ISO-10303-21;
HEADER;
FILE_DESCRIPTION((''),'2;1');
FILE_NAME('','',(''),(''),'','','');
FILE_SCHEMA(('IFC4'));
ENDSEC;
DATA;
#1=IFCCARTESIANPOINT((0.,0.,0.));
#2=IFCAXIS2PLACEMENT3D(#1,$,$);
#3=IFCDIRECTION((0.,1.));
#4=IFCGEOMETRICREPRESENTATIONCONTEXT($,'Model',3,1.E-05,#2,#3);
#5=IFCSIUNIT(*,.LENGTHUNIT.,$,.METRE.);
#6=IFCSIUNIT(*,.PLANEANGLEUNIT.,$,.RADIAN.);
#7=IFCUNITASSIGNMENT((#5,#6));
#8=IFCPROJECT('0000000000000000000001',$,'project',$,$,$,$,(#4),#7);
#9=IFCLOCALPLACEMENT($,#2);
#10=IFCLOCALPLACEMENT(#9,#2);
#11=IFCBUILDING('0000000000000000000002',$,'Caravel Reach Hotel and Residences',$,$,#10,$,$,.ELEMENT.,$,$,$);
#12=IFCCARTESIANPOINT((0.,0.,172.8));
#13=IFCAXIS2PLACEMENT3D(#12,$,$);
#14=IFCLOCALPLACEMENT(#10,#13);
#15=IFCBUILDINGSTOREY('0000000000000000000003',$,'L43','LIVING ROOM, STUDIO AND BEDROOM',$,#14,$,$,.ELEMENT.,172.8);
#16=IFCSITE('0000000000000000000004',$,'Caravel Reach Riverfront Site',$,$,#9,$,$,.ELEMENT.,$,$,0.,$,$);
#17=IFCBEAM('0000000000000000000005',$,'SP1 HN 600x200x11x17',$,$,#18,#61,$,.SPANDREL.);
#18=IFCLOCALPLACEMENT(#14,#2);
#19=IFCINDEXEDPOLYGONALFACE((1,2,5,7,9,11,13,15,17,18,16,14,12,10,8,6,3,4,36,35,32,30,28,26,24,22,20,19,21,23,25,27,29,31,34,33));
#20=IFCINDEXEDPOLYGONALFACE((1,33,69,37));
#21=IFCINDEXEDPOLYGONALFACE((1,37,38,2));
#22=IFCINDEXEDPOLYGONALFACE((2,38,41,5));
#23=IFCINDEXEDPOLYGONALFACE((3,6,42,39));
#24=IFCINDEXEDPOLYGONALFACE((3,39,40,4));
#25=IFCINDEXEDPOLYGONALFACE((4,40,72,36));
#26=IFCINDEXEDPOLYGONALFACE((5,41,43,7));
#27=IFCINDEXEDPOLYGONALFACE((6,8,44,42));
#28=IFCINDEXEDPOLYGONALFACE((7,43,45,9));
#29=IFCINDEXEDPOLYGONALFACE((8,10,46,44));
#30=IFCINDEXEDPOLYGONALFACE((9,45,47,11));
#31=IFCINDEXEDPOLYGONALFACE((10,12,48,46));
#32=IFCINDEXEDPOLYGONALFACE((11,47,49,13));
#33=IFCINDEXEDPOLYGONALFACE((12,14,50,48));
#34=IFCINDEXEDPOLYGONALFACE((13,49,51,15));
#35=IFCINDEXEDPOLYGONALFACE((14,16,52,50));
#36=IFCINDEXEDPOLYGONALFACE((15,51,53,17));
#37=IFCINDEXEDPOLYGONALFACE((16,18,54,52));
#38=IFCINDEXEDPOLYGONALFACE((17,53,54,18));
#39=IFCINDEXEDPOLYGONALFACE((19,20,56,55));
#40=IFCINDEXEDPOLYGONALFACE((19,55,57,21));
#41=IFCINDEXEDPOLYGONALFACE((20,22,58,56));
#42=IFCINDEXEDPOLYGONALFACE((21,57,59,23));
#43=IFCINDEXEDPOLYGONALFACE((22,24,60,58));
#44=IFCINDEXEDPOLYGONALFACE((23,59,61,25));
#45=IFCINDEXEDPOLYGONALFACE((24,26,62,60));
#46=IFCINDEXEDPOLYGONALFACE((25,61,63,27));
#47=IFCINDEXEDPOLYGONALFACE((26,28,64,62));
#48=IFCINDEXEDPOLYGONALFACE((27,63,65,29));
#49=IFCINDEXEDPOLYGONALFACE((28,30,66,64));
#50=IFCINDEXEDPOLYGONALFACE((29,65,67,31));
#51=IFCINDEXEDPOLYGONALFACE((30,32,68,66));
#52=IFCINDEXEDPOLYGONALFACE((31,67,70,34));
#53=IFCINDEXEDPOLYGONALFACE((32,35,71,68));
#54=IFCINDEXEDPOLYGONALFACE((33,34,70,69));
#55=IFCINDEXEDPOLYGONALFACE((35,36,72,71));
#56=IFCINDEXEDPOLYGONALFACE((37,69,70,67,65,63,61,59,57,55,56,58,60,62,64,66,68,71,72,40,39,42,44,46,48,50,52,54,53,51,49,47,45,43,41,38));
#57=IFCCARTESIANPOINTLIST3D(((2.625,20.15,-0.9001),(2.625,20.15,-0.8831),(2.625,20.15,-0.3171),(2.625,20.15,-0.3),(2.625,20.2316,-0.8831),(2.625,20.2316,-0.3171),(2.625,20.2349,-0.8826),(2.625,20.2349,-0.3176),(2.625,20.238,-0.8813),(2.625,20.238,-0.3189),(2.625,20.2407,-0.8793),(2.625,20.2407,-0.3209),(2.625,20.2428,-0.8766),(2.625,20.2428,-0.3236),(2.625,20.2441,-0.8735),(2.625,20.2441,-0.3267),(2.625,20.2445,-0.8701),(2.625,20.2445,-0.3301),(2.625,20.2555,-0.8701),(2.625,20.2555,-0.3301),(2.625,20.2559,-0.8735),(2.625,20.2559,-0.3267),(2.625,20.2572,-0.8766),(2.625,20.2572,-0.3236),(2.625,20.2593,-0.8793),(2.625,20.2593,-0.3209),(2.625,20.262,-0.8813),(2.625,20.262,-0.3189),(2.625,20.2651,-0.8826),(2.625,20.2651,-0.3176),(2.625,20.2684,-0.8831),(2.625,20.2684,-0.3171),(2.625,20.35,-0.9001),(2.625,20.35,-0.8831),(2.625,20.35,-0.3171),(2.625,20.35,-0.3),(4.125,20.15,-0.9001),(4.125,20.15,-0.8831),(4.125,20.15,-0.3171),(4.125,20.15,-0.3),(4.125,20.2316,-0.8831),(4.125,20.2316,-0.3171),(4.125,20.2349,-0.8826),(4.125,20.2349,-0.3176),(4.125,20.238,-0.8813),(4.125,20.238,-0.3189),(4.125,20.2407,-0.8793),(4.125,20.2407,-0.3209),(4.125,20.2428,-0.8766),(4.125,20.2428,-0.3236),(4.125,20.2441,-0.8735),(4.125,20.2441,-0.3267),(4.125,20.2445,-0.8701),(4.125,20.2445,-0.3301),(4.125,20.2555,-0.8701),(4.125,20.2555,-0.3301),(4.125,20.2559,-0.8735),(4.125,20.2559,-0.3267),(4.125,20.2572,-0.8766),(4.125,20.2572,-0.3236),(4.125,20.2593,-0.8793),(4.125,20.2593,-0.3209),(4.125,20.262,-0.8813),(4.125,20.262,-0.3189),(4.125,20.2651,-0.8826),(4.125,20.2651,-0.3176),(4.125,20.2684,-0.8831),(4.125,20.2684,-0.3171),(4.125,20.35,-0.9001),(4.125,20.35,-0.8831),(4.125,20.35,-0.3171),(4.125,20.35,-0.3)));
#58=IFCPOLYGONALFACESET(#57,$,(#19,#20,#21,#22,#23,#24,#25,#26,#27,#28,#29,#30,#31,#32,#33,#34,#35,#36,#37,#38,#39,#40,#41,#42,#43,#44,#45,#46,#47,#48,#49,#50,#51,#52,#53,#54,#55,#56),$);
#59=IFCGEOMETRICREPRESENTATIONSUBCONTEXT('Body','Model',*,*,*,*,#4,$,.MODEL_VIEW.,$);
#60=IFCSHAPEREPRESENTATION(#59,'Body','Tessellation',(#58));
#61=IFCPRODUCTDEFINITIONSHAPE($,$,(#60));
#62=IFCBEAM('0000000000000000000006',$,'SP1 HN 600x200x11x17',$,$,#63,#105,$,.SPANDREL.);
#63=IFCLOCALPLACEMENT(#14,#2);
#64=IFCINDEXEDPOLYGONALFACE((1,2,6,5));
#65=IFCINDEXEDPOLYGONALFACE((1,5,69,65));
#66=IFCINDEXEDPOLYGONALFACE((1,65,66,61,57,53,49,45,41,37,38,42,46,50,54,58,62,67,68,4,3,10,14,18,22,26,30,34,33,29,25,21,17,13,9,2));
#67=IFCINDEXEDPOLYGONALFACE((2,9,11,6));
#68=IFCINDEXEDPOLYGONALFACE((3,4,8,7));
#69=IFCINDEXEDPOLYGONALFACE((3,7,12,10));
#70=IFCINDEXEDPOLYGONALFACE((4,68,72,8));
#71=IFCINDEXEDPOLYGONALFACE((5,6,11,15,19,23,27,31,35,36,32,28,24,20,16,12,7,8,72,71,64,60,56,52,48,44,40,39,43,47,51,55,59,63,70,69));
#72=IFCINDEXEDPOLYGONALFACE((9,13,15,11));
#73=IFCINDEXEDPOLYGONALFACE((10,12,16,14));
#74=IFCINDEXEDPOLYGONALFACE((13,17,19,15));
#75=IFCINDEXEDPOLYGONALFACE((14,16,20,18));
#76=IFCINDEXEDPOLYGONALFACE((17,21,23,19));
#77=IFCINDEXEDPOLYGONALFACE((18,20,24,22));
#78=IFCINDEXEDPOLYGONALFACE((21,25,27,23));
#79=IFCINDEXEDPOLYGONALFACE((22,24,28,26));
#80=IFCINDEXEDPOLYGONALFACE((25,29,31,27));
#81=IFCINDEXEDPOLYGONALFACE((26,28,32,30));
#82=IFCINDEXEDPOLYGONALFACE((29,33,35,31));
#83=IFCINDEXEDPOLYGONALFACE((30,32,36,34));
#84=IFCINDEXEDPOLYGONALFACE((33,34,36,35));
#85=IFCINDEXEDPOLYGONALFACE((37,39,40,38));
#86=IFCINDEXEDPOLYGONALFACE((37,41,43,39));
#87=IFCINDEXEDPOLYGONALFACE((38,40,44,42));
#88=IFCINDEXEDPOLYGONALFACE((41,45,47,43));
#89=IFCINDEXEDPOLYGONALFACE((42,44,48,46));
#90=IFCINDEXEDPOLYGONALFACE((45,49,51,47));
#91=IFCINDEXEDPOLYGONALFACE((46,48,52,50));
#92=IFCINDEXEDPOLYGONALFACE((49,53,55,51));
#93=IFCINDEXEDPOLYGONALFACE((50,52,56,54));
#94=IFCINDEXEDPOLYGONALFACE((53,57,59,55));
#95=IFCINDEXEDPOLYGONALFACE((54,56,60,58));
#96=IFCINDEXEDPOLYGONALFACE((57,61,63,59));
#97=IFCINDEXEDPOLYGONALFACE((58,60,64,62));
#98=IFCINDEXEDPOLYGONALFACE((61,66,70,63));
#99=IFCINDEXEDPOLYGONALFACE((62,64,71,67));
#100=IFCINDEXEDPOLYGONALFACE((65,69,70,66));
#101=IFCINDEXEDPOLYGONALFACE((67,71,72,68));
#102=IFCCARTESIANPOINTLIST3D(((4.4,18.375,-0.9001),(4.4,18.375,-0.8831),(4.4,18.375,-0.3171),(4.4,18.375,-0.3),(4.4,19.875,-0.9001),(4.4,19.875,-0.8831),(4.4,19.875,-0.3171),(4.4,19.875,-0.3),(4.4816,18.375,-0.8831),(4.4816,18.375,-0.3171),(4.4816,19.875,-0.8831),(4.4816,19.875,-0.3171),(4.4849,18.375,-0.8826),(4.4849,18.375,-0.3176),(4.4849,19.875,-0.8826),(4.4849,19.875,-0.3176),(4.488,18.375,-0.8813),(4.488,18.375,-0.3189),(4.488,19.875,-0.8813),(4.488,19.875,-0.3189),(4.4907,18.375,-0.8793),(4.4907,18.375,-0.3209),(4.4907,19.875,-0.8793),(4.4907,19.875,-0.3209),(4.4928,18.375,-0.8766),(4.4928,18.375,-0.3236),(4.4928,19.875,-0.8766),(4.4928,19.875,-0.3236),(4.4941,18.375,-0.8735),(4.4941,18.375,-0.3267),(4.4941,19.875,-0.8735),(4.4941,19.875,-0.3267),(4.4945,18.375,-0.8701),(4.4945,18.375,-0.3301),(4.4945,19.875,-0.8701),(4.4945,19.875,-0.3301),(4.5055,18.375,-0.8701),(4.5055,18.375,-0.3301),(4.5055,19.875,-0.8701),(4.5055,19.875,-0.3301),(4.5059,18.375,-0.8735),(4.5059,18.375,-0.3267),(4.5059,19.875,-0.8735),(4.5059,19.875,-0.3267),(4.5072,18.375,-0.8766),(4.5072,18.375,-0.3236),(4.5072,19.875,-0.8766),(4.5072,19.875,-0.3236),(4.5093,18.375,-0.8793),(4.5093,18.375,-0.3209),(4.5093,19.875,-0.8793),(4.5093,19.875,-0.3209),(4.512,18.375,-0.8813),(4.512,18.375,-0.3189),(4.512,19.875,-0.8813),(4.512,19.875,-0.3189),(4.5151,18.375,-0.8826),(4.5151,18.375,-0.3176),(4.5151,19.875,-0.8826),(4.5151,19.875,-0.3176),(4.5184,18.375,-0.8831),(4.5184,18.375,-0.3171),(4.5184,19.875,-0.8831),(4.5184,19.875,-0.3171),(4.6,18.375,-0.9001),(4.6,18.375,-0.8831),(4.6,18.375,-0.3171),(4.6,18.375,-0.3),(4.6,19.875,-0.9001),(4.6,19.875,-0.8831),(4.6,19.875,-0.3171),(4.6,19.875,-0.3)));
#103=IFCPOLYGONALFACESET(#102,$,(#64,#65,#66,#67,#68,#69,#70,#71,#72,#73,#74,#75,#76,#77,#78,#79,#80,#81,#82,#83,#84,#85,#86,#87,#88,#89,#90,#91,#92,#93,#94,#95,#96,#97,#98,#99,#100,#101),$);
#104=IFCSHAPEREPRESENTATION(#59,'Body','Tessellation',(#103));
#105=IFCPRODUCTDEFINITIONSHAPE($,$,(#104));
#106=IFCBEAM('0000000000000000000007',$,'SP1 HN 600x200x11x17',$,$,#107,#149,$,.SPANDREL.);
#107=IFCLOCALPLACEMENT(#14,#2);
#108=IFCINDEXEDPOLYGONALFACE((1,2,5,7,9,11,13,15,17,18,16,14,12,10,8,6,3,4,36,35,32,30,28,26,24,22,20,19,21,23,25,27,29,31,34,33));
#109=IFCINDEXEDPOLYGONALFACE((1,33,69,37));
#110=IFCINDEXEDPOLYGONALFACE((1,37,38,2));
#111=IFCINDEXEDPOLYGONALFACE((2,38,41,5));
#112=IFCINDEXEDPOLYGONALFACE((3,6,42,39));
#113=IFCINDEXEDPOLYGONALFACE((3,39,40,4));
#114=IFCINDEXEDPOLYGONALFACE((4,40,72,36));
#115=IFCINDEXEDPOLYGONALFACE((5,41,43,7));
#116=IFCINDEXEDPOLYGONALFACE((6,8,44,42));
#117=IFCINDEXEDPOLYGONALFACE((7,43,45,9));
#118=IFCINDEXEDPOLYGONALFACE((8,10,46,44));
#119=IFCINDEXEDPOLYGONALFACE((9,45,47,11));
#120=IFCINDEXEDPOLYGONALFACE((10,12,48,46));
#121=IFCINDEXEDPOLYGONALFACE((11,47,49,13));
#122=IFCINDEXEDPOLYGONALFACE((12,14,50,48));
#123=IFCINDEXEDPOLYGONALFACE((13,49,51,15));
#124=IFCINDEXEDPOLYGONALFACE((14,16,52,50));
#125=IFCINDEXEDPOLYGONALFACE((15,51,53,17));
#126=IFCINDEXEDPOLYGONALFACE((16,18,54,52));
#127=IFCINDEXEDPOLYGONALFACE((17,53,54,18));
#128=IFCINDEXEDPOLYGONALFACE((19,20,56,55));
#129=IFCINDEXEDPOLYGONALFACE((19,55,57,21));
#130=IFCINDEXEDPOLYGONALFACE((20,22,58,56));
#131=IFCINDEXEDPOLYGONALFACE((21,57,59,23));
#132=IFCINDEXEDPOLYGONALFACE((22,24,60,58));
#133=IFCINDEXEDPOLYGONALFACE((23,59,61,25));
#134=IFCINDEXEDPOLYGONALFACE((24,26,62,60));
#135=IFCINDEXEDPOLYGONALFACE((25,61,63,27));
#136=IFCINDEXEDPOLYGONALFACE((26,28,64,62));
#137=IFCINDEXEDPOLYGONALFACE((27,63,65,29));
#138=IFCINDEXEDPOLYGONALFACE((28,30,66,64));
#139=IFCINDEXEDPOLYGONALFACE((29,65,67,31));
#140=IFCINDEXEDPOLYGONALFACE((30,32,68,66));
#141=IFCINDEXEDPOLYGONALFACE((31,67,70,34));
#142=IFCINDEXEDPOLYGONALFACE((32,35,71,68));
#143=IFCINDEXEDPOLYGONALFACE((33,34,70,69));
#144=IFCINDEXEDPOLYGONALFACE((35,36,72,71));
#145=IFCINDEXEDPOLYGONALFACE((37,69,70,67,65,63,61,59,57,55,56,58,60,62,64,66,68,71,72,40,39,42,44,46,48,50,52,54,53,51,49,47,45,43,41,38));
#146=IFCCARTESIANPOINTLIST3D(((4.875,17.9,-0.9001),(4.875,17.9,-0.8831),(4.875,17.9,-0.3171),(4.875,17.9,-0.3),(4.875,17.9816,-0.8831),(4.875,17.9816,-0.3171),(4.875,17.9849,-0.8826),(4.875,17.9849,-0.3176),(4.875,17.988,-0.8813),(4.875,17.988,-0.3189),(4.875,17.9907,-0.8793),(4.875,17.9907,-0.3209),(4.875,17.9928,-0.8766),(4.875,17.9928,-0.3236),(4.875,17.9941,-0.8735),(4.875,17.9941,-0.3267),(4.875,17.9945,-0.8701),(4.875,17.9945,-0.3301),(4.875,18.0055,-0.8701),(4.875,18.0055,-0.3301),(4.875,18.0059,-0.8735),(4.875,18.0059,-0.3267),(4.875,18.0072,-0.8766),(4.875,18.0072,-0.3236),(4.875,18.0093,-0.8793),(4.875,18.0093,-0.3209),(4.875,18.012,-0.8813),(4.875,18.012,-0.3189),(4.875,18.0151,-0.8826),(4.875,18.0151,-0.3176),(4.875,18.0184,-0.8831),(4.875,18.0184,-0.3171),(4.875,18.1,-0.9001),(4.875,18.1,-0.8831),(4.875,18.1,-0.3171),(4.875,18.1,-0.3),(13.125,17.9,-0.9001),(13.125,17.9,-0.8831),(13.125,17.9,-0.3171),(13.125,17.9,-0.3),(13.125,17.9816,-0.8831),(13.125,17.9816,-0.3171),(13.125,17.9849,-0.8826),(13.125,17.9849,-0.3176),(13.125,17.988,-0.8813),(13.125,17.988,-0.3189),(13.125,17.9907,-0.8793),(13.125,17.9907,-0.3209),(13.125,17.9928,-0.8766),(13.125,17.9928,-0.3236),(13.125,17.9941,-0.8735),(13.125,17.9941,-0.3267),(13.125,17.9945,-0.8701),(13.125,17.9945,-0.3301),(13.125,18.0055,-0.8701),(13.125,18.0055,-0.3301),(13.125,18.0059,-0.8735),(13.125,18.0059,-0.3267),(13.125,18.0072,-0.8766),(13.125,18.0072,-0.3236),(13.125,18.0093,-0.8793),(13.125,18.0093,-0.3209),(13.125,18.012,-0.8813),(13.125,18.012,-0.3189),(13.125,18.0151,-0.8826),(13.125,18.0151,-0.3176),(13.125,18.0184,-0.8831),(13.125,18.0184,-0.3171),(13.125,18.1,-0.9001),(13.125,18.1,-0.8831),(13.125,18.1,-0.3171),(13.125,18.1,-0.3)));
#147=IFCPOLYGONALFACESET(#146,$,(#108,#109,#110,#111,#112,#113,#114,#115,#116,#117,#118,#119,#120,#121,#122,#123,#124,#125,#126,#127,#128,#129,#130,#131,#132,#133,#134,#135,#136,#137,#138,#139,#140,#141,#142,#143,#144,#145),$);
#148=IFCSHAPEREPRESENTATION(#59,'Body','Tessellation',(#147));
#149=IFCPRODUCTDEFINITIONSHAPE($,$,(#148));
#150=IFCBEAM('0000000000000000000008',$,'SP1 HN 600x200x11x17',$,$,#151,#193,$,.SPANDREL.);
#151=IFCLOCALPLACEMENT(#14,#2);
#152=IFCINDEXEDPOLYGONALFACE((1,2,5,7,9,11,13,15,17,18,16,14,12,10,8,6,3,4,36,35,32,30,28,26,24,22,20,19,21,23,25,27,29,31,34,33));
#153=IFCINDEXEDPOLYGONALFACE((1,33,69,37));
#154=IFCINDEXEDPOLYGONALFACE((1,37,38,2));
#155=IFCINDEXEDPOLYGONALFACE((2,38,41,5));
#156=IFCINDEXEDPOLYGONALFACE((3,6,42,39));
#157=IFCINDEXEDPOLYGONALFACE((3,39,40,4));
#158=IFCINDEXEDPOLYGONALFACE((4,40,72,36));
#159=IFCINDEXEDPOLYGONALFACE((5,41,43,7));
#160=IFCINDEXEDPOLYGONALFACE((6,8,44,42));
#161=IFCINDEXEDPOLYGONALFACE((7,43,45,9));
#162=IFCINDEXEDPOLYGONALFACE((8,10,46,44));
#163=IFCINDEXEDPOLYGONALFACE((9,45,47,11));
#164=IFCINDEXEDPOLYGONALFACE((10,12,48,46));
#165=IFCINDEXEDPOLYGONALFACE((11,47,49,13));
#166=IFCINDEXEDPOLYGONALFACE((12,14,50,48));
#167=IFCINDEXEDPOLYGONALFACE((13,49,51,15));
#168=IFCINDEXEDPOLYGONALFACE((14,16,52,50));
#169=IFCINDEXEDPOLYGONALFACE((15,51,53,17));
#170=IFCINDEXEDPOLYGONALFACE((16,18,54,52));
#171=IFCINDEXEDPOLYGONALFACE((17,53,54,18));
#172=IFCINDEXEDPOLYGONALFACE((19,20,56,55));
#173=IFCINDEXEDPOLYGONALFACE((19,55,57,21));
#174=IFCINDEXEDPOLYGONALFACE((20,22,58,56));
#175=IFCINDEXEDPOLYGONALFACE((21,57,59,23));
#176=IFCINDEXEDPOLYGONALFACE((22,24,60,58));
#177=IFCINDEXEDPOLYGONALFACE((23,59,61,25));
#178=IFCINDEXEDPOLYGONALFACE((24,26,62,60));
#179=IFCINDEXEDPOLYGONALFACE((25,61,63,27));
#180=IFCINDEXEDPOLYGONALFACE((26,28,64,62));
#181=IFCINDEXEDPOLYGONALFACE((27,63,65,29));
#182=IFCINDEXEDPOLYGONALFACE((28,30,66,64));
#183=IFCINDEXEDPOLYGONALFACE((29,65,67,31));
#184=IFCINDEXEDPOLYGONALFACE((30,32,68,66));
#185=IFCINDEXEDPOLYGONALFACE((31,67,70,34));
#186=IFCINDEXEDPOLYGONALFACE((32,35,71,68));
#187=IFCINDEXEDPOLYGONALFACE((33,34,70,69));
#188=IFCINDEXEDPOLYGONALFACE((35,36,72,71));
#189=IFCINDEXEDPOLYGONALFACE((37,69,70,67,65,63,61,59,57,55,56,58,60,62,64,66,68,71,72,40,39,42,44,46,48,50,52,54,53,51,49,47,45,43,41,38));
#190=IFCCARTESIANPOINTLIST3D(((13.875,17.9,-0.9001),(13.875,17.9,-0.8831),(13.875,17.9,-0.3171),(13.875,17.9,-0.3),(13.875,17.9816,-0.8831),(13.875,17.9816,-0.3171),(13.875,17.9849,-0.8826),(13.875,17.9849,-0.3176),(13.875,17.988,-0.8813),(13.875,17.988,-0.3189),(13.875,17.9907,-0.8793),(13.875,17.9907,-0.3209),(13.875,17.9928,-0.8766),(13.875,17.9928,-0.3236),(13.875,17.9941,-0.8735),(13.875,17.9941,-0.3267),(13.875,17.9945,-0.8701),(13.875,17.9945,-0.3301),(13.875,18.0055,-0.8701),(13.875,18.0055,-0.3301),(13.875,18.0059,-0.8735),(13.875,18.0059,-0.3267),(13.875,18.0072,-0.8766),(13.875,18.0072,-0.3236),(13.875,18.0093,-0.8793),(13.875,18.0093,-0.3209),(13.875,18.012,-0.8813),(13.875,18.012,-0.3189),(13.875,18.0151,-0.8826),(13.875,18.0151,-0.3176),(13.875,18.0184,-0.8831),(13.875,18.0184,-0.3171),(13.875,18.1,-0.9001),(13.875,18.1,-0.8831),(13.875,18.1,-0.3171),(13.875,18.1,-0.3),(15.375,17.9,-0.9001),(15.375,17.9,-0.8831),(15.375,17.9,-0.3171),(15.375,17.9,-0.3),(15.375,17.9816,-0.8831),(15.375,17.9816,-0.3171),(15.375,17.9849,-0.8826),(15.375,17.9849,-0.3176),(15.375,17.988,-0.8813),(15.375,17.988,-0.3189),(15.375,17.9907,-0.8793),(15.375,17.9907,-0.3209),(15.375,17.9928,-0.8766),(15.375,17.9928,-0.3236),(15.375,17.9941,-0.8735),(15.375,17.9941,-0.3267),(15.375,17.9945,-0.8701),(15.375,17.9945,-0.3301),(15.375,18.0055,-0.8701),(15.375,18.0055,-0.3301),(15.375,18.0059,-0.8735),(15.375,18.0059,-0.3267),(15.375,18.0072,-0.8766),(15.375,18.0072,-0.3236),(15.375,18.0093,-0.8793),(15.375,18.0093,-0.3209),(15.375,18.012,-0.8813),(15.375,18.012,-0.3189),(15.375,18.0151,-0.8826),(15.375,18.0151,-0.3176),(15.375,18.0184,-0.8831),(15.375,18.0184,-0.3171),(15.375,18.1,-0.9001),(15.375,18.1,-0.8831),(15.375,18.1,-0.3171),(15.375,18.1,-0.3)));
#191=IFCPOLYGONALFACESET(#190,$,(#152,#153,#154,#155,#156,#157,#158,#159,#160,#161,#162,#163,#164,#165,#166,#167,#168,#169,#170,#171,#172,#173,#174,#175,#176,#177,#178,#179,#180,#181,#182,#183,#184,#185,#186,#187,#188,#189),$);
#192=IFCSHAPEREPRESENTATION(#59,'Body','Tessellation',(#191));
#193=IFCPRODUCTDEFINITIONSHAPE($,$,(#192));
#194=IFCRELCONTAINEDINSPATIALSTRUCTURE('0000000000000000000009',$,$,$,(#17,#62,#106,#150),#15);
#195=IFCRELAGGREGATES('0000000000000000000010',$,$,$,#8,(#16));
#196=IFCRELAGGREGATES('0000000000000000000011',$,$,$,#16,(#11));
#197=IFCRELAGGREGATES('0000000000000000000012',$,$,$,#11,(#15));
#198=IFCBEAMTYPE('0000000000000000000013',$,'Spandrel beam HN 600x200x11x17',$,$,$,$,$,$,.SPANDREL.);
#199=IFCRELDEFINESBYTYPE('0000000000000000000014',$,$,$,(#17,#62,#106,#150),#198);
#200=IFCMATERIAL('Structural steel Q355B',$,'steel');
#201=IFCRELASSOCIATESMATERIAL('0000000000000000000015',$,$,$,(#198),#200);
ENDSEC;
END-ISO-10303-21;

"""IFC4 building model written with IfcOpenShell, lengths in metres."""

from ifc_helpers import new_model, si_unit, direction, frame, origin, origin_2d, place, context, subcontext, project, spatial, i_section, extrude, material, material_profile, profile_set, type_object, element, save


model = new_model("IFC4")

# Units and contexts
model_context = context("Model", 3, precision=1e-05, world=origin(), true_north=direction((0.0, 1.0)))
body_context = subcontext(model_context, "Body", "Model", "MODEL_VIEW")
ifc_project = project(units=[si_unit("LENGTHUNIT", "METRE"), si_unit("PLANEANGLEUNIT", "RADIAN")], contexts=[model_context])

# Site, building, storey
site_placement = place(None, origin())
site = spatial("IfcSite", under=ifc_project, at=site_placement, Name="Caravel Reach Riverfront Site", CompositionType="ELEMENT", RefElevation=0.0)
building_placement = place(site_placement, origin())
building = spatial("IfcBuilding", under=site, at=building_placement, Name="Caravel Reach Hotel and Residences", CompositionType="ELEMENT")
storey_placement = place(building_placement, frame((0.0, 0.0, 172.8)))
storey = spatial("IfcBuildingStorey", under=building, at=storey_placement, Name="L43", Description="LIVING ROOM, STUDIO AND BEDROOM", CompositionType="ELEMENT", Elevation=172.8)

# Beams
ifc_material_1 = material(Name="Structural steel Q355B", Category="steel")
ifc_material_profile_1 = material_profile(ifc_material_1, i_section(OverallWidth=0.2, OverallDepth=0.6001, WebThickness=0.011, FlangeThickness=0.0171, FilletRadius=0.0129, at=origin_2d()), Name="HN 600x200x11x17")
ifc_profile_set_1 = profile_set([ifc_material_profile_1], Name="Structural steel Q355B")
beam_type_1 = type_object("IfcBeamType", Name="Spandrel beam HN 600x200x11x17", PredefinedType="SPANDREL", material=ifc_profile_set_1)
for number, where, z_axis, x_axis, name in (
    (1, (2.625, 20.25, -0.6001), (1.0, 0.0, 0.0), (0.0, 1.0, 0.0), "SP1 HN 600x200x11x17"),
    (2, (4.5, 19.875, -0.6001), (0.0, -1.0, 0.0), (1.0, 0.0, 0.0), "SP1 HN 600x200x11x17"),
):
    element("IfcBeam", number, at=place(storey_placement, frame(where, z_axis=z_axis, x_axis=x_axis)), inside=storey, type_object=beam_type_1, Name=name, PredefinedType="SPANDREL", context=body_context, shape_type="SweptSolid", body=[
        extrude(i_section(OverallWidth=0.2, OverallDepth=0.6001, WebThickness=0.011, FlangeThickness=0.0171, FilletRadius=0.0129, at=origin_2d()), origin(), (0.0, 0.0, 1.0), 1.5),
    ])
beam_1_placement = place(storey_placement, frame((4.875, 18.0, -0.6001), z_axis=(1.0, 0.0, 0.0), x_axis=(0.0, 1.0, 0.0)))
element("IfcBeam", 3, at=beam_1_placement, inside=storey, type_object=beam_type_1, Name="SP1 HN 600x200x11x17", PredefinedType="SPANDREL", context=body_context, shape_type="SweptSolid", body=[
    extrude(i_section(OverallWidth=0.2, OverallDepth=0.6001, WebThickness=0.011, FlangeThickness=0.0171, FilletRadius=0.0129, at=origin_2d()), origin(), (0.0, 0.0, 1.0), 8.25),
])
beam_2_placement = place(storey_placement, frame((13.875, 18.0, -0.6001), z_axis=(1.0, 0.0, 0.0), x_axis=(0.0, 1.0, 0.0)))
element("IfcBeam", 4, at=beam_2_placement, inside=storey, type_object=beam_type_1, Name="SP1 HN 600x200x11x17", PredefinedType="SPANDREL", context=body_context, shape_type="SweptSolid", body=[
    extrude(i_section(OverallWidth=0.2, OverallDepth=0.6001, WebThickness=0.011, FlangeThickness=0.0171, FilletRadius=0.0129, at=origin_2d()), origin(), (0.0, 0.0, 1.0), 1.5),
])

save(model, "model.ifc")
